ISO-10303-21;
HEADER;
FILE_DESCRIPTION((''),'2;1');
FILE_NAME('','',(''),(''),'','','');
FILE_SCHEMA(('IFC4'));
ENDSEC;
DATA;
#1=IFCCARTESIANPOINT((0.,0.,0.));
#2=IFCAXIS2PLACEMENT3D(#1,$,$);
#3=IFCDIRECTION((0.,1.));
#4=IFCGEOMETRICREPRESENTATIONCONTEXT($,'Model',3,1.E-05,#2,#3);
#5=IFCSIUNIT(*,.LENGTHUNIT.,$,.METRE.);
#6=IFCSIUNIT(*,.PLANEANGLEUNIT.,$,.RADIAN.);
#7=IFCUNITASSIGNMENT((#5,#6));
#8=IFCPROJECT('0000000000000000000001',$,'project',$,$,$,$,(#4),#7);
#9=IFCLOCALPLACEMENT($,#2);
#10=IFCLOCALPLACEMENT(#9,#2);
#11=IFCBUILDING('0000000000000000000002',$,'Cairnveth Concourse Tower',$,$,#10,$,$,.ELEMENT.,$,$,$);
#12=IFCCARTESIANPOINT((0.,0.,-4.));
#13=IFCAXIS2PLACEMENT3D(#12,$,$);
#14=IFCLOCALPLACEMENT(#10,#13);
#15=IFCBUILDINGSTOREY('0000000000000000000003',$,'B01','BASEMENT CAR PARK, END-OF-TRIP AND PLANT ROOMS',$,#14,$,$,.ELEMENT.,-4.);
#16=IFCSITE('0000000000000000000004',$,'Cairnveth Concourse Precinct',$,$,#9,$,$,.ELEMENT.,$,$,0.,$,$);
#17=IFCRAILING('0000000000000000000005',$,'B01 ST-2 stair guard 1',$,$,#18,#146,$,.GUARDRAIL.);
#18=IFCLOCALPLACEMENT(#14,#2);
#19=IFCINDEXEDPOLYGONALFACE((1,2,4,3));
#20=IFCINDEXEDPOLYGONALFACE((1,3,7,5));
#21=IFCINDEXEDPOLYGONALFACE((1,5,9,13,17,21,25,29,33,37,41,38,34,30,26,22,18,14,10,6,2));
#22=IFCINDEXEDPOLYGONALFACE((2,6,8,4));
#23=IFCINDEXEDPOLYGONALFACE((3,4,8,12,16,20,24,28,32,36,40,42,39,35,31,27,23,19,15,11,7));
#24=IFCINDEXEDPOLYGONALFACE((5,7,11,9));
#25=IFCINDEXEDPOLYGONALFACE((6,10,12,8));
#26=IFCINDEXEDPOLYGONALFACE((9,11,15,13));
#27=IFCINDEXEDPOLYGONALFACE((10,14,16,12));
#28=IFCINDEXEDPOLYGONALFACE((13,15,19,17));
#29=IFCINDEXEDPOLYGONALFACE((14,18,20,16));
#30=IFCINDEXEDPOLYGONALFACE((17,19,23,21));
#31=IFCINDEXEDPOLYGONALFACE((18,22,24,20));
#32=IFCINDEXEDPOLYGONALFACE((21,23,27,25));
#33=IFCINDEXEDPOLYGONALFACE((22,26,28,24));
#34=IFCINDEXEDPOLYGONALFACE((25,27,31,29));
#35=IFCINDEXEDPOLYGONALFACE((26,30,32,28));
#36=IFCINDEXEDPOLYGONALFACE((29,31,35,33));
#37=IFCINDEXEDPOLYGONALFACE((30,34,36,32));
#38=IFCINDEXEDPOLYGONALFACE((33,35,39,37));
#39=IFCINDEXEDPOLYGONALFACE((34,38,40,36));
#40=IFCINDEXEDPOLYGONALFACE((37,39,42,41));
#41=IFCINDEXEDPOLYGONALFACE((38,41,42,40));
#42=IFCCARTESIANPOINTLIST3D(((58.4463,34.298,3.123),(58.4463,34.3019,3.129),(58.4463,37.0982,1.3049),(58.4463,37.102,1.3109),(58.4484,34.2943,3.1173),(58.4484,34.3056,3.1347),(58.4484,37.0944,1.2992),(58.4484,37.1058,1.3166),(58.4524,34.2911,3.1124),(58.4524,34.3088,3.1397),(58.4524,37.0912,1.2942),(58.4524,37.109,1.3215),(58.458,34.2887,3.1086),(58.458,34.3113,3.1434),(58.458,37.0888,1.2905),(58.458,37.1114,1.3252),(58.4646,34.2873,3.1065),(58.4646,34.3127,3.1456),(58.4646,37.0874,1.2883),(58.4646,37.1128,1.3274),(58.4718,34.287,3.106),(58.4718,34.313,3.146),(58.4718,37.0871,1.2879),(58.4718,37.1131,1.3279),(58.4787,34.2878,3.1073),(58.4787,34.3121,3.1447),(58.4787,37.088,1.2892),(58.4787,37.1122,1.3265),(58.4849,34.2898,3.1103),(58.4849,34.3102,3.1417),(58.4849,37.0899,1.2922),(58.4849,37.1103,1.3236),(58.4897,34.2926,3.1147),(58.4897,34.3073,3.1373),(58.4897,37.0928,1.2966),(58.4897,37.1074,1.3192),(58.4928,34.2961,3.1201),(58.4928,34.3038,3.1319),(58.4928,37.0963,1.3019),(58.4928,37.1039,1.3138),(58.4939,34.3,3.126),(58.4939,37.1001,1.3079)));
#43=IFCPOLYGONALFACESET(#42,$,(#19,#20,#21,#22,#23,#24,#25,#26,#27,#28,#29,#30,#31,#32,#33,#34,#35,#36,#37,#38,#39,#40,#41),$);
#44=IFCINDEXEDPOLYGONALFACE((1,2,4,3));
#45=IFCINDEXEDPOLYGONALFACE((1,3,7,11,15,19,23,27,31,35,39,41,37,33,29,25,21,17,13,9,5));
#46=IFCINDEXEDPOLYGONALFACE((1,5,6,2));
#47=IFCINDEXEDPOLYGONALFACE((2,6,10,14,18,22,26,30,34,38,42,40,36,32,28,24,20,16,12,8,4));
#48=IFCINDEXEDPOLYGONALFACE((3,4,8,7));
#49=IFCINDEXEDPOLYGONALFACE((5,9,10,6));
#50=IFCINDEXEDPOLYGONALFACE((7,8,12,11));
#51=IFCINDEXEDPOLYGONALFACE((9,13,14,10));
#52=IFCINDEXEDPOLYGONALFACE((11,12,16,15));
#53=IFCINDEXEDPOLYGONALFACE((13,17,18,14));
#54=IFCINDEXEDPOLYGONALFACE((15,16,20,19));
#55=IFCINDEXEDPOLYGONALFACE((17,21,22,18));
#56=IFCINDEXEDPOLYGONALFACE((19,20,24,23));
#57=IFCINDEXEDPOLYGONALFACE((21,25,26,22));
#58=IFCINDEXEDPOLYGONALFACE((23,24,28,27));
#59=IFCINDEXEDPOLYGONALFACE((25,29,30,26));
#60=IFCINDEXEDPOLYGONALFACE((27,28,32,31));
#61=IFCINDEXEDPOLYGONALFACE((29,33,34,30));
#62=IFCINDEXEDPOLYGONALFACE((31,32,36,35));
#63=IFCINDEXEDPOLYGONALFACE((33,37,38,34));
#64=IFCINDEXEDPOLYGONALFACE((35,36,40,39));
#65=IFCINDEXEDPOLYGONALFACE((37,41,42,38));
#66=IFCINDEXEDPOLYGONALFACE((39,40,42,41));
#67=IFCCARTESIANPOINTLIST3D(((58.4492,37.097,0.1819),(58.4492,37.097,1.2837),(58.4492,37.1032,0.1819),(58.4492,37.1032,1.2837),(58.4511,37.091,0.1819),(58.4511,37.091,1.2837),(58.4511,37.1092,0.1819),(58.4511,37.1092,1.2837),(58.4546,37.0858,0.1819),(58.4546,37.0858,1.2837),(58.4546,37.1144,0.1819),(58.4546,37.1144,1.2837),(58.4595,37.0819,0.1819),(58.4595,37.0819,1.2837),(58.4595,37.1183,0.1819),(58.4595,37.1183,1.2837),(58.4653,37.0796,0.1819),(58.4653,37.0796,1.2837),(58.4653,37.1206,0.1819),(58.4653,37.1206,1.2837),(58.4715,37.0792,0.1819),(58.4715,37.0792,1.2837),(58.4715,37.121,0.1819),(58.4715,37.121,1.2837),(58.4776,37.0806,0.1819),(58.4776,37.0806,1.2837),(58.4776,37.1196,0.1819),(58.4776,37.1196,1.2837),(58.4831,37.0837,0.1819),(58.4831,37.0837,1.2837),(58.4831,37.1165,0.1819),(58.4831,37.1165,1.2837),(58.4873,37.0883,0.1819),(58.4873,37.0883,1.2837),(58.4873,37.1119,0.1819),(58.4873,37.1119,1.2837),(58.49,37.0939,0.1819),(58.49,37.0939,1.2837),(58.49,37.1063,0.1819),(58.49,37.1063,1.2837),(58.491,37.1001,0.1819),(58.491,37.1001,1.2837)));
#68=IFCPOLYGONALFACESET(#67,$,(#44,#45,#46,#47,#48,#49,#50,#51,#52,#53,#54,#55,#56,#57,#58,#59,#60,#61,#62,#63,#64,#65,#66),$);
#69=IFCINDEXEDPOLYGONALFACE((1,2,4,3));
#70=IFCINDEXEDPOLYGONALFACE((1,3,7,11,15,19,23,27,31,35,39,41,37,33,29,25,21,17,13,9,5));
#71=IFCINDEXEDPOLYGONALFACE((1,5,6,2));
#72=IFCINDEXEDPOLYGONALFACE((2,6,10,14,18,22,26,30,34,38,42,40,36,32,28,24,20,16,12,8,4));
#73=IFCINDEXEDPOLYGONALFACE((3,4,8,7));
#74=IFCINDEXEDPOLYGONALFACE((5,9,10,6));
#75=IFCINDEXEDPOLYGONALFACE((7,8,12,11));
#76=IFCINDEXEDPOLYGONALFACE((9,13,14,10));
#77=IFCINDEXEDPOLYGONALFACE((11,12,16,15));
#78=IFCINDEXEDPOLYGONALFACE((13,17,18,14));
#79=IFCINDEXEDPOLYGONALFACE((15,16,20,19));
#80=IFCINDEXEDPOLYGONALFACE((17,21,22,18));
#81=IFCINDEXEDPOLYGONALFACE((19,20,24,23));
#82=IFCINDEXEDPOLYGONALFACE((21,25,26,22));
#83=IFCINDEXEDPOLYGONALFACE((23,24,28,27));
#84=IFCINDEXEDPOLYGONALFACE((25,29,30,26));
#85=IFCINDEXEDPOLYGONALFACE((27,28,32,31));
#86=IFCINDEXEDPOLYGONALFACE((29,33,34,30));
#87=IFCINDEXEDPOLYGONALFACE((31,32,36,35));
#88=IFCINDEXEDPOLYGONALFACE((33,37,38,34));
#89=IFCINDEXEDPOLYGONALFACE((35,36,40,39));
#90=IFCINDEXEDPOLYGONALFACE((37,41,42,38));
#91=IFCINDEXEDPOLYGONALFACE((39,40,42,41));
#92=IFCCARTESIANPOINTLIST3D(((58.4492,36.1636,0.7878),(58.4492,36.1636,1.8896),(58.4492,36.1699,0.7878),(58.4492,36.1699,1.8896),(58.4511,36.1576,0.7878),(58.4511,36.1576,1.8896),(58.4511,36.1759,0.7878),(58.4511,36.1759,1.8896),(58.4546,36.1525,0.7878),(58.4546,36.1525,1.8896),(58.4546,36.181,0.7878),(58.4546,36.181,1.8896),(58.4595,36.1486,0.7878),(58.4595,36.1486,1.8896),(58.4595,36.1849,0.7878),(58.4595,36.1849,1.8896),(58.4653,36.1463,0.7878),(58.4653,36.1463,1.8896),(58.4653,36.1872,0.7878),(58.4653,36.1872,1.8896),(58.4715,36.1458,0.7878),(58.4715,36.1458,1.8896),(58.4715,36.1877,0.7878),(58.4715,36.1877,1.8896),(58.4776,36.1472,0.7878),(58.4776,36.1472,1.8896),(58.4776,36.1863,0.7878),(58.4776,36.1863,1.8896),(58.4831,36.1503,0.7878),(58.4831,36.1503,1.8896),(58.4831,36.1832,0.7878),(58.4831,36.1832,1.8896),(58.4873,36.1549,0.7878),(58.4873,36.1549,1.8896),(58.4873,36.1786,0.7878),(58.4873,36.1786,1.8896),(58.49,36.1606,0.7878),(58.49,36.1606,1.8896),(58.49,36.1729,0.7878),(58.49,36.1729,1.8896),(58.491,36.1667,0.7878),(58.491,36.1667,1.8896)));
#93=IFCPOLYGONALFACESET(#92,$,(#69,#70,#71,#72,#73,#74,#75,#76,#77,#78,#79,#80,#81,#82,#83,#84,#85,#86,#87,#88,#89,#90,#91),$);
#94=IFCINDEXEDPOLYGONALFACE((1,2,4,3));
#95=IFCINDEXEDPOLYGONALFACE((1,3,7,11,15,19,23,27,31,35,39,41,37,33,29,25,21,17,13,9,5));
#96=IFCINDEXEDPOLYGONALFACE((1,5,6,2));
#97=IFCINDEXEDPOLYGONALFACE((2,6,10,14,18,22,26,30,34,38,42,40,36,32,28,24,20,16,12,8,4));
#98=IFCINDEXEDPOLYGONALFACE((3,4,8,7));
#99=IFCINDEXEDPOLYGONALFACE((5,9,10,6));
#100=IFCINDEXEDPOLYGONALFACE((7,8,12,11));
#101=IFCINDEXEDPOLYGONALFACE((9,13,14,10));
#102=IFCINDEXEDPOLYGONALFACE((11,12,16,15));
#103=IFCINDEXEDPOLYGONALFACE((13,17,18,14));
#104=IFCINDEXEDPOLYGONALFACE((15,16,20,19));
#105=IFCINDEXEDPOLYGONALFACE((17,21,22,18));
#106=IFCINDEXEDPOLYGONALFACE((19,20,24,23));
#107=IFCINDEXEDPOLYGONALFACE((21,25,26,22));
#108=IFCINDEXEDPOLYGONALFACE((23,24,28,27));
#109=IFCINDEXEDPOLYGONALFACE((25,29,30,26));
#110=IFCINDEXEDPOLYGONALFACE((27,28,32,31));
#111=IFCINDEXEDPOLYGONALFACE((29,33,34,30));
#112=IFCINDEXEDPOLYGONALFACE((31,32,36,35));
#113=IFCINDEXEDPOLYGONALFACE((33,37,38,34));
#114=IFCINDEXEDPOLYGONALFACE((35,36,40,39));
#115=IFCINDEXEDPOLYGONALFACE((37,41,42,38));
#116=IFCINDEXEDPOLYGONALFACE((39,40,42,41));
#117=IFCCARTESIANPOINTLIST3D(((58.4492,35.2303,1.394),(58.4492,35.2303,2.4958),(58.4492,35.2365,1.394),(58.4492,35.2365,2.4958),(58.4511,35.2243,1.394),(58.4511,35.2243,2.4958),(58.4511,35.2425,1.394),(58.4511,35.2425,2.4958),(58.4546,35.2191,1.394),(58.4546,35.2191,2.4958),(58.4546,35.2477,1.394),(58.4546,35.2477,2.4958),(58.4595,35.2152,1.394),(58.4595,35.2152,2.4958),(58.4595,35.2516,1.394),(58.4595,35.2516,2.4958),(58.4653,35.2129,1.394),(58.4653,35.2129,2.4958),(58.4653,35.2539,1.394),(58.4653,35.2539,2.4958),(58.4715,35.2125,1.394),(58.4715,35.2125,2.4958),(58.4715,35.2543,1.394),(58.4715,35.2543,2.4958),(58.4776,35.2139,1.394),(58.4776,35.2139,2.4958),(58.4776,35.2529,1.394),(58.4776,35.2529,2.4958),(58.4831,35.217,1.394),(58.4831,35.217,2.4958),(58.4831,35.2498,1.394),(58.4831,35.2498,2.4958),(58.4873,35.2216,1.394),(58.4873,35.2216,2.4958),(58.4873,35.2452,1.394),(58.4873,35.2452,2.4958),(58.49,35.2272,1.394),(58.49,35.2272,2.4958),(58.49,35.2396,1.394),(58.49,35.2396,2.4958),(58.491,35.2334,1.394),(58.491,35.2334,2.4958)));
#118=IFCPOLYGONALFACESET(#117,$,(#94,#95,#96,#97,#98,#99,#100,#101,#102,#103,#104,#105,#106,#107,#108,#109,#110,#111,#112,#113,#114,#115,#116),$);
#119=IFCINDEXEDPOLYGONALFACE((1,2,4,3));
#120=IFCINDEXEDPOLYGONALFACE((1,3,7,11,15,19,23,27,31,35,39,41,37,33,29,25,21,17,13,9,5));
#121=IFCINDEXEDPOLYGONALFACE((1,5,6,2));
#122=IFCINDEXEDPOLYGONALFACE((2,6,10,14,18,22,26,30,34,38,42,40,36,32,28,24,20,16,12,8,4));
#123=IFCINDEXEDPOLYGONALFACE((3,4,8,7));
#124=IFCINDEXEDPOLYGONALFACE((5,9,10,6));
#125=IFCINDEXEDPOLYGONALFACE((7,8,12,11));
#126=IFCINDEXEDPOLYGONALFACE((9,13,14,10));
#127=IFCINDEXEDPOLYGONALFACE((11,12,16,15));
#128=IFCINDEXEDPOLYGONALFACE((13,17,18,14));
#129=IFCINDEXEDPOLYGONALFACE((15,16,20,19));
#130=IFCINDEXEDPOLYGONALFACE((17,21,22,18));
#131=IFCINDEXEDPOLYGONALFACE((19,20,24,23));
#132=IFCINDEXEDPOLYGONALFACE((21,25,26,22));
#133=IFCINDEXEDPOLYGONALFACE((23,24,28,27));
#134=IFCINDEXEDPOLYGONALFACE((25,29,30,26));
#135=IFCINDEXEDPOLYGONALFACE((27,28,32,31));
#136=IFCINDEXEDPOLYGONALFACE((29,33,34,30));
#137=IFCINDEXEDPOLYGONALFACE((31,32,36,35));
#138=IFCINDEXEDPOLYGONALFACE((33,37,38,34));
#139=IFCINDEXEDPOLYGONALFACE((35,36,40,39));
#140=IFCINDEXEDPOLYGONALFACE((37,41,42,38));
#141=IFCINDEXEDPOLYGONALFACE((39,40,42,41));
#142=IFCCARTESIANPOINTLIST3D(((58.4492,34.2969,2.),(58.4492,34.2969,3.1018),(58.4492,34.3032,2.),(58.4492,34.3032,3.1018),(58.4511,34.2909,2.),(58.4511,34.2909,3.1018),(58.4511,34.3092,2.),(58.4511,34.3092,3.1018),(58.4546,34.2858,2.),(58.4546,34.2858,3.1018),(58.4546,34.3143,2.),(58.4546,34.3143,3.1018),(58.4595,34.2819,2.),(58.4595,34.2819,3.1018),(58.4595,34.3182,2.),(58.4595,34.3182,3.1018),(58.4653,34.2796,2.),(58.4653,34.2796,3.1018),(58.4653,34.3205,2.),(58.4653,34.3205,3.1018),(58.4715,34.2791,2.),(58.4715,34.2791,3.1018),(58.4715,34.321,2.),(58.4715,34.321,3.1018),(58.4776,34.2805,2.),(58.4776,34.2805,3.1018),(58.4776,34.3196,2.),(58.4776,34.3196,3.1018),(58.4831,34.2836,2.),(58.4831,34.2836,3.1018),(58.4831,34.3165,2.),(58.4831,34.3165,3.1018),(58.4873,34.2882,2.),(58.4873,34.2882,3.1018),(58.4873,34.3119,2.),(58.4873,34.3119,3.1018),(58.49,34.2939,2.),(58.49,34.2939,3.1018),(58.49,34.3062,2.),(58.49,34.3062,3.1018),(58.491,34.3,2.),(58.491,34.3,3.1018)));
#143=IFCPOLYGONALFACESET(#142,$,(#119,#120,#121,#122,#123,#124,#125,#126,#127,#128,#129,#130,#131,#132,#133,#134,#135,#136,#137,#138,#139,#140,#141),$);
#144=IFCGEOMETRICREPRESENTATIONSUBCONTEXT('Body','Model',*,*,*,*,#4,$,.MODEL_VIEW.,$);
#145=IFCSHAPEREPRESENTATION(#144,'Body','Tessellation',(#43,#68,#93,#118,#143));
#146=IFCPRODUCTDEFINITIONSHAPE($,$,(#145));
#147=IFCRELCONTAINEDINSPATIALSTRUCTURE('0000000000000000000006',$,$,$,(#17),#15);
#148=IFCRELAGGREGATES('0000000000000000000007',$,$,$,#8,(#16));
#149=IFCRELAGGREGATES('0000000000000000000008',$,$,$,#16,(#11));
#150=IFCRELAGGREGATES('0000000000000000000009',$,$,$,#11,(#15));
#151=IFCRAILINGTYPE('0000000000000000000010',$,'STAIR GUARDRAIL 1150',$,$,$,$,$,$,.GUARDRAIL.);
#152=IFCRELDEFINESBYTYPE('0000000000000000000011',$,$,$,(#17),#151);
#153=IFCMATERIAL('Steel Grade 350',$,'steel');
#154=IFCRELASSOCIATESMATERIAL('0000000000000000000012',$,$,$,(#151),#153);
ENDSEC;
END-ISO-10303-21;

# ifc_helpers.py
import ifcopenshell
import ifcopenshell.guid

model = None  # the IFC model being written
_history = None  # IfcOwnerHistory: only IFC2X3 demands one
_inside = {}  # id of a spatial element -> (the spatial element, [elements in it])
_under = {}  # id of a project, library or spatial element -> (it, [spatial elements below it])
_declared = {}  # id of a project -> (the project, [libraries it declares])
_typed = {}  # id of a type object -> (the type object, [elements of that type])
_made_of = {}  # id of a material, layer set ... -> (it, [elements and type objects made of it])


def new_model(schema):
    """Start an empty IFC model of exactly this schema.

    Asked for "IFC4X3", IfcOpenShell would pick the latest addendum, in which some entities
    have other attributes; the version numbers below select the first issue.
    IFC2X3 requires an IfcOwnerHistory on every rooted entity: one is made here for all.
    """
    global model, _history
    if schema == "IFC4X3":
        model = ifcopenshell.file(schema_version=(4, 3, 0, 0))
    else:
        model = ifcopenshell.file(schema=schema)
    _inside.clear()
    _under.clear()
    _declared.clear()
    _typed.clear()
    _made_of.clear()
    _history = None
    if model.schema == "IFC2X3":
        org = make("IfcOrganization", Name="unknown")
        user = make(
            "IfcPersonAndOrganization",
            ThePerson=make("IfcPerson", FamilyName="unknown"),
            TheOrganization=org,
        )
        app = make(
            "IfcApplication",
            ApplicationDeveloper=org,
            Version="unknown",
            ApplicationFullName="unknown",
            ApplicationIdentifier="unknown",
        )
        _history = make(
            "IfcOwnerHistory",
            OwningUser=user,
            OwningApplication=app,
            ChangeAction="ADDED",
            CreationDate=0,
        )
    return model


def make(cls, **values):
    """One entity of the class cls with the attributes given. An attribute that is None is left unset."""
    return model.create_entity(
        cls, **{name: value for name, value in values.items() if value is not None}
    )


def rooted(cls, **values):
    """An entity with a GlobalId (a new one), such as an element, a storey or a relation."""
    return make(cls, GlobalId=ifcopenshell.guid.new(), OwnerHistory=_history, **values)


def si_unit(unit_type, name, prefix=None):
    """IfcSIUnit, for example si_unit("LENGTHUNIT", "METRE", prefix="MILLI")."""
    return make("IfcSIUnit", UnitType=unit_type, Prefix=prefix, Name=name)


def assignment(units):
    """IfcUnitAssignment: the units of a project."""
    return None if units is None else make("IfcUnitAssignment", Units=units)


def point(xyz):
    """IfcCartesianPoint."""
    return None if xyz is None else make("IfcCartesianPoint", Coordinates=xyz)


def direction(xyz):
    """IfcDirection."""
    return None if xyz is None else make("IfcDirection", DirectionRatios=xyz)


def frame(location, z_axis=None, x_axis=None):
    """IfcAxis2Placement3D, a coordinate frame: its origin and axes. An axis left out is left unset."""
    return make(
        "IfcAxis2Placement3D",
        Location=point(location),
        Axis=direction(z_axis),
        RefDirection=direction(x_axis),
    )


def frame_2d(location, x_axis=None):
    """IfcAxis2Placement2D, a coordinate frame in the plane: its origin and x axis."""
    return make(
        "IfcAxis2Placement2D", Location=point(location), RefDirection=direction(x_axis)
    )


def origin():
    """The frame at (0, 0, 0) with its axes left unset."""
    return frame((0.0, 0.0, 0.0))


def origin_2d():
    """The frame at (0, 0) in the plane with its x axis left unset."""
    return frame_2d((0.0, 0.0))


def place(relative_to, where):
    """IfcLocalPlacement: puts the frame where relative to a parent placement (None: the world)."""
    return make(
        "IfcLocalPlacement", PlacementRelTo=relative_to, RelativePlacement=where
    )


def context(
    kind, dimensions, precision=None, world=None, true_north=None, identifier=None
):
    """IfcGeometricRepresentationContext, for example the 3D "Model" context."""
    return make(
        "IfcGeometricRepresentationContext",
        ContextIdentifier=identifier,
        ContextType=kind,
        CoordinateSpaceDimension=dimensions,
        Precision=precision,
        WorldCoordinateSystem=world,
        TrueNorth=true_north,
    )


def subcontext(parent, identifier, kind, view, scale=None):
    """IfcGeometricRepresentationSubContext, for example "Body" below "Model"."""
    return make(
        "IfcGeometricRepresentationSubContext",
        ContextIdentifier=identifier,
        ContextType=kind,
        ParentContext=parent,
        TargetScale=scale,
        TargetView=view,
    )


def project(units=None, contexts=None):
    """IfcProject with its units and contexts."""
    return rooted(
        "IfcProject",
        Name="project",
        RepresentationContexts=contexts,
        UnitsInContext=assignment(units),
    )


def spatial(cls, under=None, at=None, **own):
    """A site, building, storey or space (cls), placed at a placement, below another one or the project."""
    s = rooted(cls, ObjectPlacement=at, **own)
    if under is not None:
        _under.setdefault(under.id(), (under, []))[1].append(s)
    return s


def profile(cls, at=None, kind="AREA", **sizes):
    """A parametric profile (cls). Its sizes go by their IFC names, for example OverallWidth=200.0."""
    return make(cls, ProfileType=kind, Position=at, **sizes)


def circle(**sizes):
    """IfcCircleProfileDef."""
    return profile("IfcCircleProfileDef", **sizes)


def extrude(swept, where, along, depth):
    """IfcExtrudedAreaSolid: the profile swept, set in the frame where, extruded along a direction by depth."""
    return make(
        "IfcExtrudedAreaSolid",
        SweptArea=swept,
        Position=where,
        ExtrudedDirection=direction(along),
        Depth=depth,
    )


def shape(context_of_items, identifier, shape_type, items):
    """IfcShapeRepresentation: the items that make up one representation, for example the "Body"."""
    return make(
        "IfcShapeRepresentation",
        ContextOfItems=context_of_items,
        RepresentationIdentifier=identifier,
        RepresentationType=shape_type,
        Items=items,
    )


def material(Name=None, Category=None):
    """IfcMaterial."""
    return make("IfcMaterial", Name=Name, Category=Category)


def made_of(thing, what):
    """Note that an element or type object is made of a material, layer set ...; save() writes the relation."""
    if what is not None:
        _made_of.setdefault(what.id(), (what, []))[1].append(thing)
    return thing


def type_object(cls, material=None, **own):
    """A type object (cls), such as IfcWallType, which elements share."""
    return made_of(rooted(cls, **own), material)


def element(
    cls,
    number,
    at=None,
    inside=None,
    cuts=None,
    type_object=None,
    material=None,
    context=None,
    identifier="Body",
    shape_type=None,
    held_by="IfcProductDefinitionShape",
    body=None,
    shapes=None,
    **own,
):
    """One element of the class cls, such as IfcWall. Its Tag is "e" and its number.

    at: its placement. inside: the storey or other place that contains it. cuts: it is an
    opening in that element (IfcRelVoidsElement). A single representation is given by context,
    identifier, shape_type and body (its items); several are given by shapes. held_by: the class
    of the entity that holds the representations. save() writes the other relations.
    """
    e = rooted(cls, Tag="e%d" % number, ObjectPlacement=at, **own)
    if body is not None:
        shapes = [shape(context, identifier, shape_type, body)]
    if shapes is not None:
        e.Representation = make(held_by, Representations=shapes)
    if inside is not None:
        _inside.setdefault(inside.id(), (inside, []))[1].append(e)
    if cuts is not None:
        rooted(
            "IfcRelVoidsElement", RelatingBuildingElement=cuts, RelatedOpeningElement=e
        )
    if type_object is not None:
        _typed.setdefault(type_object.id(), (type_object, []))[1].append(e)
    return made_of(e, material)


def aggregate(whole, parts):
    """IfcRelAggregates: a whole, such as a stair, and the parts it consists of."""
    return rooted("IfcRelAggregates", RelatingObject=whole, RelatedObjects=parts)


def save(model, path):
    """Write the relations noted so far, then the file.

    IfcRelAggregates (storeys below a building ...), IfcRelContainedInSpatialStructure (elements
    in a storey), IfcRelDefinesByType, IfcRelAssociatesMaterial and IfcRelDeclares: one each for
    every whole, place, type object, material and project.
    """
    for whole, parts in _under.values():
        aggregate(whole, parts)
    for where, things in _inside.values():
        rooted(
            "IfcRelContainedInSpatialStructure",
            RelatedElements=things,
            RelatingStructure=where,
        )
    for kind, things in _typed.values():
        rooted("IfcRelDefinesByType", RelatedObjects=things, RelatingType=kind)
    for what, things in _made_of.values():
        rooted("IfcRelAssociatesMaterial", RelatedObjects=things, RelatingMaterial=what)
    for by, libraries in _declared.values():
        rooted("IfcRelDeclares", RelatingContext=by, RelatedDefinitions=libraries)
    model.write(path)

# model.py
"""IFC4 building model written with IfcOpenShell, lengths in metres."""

from ifc_helpers import new_model, si_unit, direction, frame, origin, origin_2d, place, context, subcontext, project, spatial, circle, extrude, material, type_object, element, save


model = new_model("IFC4")

# Units and contexts
model_context = context("Model", 3, precision=1e-05, world=origin(), true_north=direction((0.0, 1.0)))
body_context = subcontext(model_context, "Body", "Model", "MODEL_VIEW")
ifc_project = project(units=[si_unit("LENGTHUNIT", "METRE"), si_unit("PLANEANGLEUNIT", "RADIAN")], contexts=[model_context])

# Site, building, storey
site_placement = place(None, origin())
site = spatial("IfcSite", under=ifc_project, at=site_placement, Name="Cairnveth Concourse Precinct", CompositionType="ELEMENT", RefElevation=0.0)
building_placement = place(site_placement, origin())
building = spatial("IfcBuilding", under=site, at=building_placement, Name="Cairnveth Concourse Tower", CompositionType="ELEMENT")
storey_placement = place(building_placement, frame((0.0, 0.0, -4.0)))
storey = spatial("IfcBuildingStorey", under=building, at=storey_placement, Name="B01", Description="BASEMENT CAR PARK, END-OF-TRIP AND PLANT ROOMS", CompositionType="ELEMENT", Elevation=-4.0)

# Shared definitions
ifc_material_1 = material(Name="Steel Grade 350", Category="steel")

# Railing
railing_type_1 = type_object("IfcRailingType", Name="STAIR GUARDRAIL 1150", PredefinedType="GUARDRAIL", material=ifc_material_1)
railing_1_placement = place(storey_placement, frame((58.47, 37.1001, 0.1819)))
element("IfcRailing", 1, at=railing_1_placement, inside=storey, type_object=railing_type_1, Name="B01 ST-2 stair guard 1", PredefinedType="GUARDRAIL", context=body_context, shape_type="SweptSolid", body=[
    extrude(circle(Radius=0.0239, at=origin_2d()), frame((0.0, 0.0, 1.126), z_axis=(0.0, -0.838706, 0.544585), x_axis=(1.0, 0.0, 0.0)), (0.0, 0.0, 1.0), 3.3386),
    extrude(circle(Radius=0.021, at=origin_2d()), origin(), (0.0, 0.0, 1.0), 1.1018),
    extrude(circle(Radius=0.021, at=origin_2d()), frame((0.0, -0.9333, 0.606)), (0.0, 0.0, 1.0), 1.1018),
    extrude(circle(Radius=0.021, at=origin_2d()), frame((0.0, -1.8667, 1.2122)), (0.0, 0.0, 1.0), 1.1018),
    extrude(circle(Radius=0.021, at=origin_2d()), frame((0.0, -2.8, 1.8181)), (0.0, 0.0, 1.0), 1.1018),
])

save(model, "model.ifc")
